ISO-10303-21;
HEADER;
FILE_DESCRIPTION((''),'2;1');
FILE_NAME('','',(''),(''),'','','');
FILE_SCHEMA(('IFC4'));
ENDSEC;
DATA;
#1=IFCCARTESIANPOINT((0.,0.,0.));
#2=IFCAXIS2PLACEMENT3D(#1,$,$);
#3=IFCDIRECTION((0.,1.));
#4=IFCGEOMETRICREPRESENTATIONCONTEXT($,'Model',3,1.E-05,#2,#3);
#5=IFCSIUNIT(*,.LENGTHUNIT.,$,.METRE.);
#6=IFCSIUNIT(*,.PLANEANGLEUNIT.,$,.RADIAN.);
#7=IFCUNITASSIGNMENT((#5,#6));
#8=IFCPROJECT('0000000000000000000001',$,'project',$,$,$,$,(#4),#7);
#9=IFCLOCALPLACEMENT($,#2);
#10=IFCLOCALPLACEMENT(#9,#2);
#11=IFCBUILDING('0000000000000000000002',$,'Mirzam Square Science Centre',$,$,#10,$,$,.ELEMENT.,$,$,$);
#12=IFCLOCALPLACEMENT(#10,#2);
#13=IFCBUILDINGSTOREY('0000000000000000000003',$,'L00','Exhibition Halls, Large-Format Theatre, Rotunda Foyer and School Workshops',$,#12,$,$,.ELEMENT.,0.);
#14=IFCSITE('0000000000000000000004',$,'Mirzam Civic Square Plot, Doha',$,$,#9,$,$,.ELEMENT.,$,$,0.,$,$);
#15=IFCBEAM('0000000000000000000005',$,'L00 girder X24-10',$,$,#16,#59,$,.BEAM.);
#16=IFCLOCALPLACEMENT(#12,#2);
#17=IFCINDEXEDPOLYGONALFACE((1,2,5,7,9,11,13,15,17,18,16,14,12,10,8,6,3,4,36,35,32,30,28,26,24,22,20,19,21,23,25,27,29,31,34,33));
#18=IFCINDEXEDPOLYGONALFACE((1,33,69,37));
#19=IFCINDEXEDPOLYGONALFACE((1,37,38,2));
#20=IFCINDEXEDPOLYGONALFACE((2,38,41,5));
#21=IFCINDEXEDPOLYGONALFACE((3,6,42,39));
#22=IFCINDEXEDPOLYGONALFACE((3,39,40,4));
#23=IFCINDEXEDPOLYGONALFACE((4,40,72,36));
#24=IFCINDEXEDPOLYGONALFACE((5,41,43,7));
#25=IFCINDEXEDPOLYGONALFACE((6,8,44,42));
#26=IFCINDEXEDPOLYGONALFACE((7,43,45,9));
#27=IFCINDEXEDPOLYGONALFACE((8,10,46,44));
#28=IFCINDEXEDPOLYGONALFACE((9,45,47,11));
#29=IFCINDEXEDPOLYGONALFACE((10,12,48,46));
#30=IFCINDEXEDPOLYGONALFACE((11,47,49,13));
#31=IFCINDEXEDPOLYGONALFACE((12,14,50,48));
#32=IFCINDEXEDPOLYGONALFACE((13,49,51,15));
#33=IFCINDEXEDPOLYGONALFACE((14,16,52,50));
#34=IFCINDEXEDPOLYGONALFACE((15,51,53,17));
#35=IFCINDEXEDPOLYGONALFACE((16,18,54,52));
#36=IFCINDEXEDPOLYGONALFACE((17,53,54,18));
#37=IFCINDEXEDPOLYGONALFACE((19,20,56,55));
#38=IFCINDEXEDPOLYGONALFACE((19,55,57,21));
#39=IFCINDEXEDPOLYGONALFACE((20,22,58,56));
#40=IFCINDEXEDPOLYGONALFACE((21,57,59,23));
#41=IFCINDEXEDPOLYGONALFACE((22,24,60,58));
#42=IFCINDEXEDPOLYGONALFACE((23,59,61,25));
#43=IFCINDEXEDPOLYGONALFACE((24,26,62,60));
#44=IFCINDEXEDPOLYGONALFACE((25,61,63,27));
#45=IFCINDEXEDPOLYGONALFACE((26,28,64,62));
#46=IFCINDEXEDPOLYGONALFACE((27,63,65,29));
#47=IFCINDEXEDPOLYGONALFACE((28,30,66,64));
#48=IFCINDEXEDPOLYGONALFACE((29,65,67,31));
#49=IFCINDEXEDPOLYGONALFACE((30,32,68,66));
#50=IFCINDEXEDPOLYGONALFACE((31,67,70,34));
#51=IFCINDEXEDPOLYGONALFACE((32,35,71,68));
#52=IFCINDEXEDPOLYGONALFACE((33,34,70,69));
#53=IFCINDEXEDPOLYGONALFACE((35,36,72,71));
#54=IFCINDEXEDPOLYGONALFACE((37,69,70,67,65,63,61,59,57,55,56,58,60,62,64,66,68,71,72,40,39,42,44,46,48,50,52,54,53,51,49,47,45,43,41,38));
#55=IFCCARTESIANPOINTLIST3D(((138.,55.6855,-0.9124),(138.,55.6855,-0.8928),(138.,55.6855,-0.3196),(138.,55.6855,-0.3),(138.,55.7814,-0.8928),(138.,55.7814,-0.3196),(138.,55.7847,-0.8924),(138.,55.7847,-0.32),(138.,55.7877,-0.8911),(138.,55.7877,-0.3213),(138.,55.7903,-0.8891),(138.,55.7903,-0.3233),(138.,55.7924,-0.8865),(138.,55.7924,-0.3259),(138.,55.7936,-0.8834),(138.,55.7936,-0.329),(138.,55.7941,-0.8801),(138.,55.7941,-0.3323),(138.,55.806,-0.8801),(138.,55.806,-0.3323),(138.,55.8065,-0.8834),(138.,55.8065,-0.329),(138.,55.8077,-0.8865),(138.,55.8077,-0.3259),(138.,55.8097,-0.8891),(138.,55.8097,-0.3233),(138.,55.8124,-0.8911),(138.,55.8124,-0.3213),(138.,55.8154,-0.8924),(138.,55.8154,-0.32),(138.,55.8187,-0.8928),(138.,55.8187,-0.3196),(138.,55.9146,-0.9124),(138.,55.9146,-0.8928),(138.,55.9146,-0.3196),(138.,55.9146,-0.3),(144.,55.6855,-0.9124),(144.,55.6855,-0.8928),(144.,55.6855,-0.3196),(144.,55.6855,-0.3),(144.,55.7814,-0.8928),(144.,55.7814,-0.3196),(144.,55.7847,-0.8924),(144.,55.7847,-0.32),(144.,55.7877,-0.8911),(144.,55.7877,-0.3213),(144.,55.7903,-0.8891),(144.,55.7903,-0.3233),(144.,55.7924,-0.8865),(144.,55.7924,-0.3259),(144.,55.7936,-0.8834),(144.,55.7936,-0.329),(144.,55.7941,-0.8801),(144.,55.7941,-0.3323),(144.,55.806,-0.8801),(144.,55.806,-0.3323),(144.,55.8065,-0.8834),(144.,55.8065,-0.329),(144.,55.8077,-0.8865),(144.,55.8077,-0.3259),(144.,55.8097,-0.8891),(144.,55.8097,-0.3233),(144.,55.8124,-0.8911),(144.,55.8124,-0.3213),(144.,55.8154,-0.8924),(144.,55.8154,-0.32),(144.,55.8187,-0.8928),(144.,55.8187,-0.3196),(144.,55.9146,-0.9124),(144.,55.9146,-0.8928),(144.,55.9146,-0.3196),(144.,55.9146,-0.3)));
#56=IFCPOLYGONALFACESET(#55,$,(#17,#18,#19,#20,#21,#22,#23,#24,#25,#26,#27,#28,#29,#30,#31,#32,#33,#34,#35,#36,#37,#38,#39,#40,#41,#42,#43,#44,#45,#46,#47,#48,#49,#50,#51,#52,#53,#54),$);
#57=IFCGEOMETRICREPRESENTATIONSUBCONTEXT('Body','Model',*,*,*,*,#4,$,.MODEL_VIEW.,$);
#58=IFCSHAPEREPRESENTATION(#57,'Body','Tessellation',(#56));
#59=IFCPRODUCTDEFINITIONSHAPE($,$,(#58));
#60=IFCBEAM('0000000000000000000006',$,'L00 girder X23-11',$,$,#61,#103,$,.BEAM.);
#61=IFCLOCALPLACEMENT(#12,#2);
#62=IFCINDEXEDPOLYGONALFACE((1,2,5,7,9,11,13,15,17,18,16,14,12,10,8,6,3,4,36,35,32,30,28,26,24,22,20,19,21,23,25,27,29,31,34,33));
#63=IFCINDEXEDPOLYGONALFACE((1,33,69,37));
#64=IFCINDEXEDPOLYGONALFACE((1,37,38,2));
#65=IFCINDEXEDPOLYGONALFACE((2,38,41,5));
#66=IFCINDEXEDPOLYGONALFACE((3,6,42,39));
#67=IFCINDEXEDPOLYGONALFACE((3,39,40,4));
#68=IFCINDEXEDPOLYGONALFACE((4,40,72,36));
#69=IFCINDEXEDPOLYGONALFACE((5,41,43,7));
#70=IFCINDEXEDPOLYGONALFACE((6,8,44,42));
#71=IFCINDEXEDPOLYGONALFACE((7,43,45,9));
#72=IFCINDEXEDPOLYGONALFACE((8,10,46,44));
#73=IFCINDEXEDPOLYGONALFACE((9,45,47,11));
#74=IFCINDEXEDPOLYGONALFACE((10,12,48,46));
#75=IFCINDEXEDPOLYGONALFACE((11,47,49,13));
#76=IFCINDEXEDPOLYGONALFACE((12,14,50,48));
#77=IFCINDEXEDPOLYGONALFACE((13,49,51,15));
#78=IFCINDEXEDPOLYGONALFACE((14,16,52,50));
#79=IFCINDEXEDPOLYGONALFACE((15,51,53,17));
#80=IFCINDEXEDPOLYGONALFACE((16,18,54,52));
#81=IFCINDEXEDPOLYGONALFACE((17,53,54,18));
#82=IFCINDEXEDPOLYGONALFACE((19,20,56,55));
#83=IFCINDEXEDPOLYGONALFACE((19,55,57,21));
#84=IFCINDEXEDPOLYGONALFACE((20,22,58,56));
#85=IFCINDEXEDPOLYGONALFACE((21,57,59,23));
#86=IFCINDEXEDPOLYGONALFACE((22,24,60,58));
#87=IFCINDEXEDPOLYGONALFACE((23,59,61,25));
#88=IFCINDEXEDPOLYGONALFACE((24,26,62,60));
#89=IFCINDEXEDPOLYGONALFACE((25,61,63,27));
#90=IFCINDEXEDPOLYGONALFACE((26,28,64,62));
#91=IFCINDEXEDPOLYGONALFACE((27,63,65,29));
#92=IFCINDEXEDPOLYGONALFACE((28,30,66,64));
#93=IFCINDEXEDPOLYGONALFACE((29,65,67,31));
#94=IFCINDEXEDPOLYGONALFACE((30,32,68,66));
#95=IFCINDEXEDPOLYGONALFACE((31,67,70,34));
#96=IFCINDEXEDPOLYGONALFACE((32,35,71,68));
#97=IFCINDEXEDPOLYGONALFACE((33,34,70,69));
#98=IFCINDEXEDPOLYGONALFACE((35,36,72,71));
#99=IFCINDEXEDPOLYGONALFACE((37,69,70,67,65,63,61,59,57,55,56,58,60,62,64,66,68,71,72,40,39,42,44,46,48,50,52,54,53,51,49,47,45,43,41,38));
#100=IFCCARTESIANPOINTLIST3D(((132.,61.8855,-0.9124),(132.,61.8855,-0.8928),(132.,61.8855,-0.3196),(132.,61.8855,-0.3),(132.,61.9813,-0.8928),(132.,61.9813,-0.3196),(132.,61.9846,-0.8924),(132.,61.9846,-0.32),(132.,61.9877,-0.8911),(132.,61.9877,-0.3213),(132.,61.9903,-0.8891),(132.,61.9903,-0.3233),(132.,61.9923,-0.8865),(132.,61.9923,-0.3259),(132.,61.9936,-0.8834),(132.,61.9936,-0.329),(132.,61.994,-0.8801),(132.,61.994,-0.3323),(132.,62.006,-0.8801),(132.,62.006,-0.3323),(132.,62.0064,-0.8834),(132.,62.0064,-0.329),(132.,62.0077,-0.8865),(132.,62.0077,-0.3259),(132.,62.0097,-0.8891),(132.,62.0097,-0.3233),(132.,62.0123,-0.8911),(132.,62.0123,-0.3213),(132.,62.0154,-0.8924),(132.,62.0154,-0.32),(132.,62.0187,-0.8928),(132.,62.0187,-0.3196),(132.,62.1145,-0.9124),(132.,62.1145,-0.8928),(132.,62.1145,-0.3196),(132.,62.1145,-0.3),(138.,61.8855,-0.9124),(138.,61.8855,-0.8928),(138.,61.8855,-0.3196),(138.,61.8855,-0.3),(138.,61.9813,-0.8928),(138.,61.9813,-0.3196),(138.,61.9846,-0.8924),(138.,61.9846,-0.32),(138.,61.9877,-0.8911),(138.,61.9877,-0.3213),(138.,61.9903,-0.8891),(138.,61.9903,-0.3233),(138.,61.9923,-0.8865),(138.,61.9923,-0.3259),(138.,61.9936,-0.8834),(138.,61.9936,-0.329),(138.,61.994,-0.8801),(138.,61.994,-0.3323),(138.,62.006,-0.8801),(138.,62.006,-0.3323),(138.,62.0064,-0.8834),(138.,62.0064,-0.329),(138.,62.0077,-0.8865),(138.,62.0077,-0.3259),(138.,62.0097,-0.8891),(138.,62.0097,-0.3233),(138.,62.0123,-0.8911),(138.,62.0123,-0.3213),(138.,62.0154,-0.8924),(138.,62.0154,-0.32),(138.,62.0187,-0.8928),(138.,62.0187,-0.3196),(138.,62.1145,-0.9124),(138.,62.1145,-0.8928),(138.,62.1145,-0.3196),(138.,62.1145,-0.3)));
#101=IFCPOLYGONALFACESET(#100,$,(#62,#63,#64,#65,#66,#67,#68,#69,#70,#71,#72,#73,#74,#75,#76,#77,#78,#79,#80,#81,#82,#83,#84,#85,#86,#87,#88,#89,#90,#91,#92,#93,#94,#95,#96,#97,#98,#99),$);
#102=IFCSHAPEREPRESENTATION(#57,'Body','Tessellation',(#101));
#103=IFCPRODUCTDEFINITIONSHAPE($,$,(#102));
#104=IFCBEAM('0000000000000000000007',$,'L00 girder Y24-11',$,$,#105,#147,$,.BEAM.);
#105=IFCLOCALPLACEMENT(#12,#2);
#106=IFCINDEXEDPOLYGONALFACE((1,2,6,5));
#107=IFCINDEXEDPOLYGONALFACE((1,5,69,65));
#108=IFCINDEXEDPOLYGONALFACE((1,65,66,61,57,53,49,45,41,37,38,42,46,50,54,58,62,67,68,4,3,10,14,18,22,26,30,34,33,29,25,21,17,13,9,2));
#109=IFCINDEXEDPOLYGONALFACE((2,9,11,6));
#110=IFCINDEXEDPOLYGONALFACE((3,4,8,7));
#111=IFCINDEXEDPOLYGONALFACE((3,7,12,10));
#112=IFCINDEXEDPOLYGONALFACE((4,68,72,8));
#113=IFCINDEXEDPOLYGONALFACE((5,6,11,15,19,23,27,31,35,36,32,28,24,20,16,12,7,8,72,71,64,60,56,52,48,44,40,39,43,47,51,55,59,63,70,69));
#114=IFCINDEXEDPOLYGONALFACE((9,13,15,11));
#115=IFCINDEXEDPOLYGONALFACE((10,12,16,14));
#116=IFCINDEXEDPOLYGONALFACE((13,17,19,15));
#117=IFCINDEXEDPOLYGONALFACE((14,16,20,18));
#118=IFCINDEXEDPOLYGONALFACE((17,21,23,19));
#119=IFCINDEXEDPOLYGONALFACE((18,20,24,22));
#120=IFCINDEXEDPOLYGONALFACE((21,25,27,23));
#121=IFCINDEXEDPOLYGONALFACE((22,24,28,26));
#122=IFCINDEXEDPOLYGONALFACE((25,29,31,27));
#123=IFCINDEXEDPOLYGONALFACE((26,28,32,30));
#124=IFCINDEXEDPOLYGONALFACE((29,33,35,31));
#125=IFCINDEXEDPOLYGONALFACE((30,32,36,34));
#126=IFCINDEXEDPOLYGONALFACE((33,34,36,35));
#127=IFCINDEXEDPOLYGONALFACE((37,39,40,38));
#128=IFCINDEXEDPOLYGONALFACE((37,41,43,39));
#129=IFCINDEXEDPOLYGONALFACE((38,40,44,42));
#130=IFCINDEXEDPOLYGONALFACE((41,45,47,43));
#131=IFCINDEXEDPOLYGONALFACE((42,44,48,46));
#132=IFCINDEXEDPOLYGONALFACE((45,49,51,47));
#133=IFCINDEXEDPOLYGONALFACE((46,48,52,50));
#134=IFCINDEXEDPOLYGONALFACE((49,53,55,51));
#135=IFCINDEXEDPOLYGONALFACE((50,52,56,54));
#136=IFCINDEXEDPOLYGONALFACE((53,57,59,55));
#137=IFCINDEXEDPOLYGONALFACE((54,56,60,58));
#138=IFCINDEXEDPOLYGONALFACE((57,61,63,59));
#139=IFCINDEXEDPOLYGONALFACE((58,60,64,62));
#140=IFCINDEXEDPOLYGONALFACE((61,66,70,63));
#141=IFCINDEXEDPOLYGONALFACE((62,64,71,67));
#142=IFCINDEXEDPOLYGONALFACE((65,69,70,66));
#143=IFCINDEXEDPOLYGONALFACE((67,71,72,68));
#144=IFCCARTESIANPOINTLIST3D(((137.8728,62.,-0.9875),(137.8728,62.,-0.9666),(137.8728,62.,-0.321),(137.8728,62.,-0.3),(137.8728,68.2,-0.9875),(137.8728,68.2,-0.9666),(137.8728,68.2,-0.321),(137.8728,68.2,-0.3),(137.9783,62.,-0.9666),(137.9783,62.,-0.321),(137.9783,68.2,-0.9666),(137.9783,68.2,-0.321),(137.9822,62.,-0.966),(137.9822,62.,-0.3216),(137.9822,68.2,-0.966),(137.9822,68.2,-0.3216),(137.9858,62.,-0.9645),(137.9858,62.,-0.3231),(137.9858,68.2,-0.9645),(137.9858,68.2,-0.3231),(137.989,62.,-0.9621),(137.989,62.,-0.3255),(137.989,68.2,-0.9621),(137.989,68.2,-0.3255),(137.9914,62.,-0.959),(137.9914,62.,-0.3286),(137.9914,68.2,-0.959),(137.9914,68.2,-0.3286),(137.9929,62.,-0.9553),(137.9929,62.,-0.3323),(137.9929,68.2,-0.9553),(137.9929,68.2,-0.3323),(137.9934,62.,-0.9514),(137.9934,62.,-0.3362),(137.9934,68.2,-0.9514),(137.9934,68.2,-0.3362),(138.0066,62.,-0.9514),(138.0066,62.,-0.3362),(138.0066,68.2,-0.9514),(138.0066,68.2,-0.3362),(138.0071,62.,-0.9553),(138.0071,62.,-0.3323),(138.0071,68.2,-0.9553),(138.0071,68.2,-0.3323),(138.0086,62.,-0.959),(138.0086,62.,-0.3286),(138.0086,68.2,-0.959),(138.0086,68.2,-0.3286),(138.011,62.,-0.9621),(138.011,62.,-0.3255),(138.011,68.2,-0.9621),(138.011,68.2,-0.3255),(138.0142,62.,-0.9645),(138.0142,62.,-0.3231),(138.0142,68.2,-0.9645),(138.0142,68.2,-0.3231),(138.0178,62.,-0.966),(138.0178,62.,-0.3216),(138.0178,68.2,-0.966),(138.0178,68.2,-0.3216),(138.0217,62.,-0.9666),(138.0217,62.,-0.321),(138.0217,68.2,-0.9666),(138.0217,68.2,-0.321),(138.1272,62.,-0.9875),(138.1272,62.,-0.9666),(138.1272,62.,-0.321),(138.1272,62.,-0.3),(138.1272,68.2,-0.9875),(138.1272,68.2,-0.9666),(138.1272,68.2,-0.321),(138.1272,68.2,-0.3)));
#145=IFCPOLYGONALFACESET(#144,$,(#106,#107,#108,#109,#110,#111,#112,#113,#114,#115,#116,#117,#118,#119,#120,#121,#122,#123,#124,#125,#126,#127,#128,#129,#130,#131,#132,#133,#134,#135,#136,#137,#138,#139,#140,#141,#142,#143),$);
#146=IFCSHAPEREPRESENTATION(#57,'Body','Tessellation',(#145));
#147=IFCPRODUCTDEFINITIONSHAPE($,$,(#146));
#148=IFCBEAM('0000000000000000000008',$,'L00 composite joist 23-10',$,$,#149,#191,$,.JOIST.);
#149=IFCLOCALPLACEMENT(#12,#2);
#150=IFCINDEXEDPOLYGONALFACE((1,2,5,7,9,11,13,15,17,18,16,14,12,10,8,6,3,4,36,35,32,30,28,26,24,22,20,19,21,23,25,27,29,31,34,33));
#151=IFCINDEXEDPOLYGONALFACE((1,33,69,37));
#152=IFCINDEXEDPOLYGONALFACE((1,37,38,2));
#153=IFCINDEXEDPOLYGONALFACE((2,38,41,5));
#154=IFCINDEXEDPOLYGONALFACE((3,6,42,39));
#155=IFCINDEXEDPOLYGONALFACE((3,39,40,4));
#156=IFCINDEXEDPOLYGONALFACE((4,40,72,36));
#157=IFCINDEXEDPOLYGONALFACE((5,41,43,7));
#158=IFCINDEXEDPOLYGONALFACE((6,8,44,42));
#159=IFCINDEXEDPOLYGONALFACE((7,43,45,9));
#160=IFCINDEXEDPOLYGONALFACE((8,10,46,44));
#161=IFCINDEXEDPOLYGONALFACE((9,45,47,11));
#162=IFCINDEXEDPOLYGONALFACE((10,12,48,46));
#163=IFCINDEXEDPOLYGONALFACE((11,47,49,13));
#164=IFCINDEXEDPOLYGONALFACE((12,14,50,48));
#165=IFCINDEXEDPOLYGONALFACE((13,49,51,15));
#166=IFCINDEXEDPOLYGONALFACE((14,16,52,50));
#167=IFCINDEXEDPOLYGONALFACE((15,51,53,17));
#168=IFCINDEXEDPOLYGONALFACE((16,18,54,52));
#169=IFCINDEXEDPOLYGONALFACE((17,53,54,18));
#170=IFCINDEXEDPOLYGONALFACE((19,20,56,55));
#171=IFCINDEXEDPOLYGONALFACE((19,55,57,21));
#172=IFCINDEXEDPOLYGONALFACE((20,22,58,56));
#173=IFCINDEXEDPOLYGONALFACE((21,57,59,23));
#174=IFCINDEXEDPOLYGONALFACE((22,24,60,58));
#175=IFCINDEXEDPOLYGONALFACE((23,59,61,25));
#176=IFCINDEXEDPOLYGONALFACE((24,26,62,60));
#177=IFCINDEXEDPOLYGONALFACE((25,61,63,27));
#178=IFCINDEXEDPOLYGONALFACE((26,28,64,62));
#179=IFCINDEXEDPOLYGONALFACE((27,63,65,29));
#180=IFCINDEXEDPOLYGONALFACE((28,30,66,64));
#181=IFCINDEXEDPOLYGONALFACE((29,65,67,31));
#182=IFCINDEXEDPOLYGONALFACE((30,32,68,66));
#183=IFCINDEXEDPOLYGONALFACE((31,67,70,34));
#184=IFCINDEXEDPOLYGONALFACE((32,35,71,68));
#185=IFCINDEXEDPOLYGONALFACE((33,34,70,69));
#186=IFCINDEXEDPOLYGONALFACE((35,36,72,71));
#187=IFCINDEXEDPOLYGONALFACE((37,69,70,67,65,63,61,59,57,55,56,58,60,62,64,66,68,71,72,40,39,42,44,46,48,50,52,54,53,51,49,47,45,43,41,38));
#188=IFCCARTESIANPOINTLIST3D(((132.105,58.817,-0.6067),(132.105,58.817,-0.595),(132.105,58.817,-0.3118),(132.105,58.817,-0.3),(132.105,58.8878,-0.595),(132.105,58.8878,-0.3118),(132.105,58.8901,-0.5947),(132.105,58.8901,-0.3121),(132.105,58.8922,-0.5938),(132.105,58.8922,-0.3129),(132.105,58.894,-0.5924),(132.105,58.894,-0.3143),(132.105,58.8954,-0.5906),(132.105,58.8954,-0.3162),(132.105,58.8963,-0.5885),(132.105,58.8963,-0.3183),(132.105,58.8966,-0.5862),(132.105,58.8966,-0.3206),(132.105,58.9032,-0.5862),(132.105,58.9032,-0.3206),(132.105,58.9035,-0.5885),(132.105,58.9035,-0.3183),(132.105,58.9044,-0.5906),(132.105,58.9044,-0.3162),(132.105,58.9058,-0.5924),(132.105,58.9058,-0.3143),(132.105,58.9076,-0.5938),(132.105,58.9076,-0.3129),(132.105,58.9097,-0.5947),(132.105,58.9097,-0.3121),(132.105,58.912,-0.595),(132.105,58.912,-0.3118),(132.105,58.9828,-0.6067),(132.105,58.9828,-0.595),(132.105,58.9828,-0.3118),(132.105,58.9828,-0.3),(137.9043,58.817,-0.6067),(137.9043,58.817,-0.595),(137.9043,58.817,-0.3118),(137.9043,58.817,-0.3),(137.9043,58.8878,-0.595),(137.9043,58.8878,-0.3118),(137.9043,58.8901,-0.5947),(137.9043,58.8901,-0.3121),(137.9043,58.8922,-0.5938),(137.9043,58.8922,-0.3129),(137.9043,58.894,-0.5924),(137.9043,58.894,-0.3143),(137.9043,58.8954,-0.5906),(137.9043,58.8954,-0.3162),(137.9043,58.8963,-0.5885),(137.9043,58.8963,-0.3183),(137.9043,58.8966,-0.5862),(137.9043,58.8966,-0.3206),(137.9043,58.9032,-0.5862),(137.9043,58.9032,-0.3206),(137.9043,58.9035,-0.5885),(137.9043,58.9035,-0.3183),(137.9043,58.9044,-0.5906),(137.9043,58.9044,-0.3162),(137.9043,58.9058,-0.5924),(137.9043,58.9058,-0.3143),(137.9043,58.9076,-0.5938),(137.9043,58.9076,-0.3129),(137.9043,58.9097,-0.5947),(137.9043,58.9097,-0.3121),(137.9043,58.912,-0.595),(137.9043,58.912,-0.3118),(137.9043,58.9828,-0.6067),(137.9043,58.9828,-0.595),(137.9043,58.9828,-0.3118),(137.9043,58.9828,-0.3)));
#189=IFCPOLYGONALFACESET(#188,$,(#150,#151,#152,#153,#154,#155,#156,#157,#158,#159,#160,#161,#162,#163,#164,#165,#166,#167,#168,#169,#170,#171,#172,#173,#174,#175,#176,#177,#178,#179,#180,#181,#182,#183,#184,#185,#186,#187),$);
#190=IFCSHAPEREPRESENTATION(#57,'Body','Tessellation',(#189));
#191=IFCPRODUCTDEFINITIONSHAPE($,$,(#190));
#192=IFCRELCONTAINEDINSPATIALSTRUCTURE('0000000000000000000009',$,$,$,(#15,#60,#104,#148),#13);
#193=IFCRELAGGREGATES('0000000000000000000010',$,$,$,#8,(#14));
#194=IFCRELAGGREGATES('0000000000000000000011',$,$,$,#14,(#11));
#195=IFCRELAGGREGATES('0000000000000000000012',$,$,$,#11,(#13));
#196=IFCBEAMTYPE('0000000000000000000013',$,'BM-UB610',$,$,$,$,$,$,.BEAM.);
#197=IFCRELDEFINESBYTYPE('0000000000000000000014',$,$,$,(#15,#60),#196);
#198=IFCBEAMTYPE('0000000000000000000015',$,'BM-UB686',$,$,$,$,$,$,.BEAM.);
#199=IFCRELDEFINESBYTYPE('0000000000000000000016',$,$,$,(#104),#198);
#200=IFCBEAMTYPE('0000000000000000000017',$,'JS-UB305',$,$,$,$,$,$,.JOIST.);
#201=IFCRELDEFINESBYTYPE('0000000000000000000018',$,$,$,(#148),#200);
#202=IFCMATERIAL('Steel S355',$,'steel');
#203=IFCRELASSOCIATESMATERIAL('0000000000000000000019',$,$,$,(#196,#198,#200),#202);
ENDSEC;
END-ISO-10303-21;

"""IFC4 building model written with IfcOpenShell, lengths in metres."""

from ifc_helpers import new_model, si_unit, direction, frame, origin, origin_2d, place, context, subcontext, project, spatial, i_section, extrude, material, material_profile, profile_set, type_object, element, save


model = new_model("IFC4")

# Units and contexts
model_context = context("Model", 3, precision=1e-05, world=origin(), true_north=direction((0.0, 1.0)))
body_context = subcontext(model_context, "Body", "Model", "MODEL_VIEW")
ifc_project = project(units=[si_unit("LENGTHUNIT", "METRE"), si_unit("PLANEANGLEUNIT", "RADIAN")], contexts=[model_context])

# Site, building, storey
site_placement = place(None, origin())
site = spatial("IfcSite", under=ifc_project, at=site_placement, Name="Mirzam Civic Square Plot, Doha", CompositionType="ELEMENT", RefElevation=0.0)
building_placement = place(site_placement, origin())
building = spatial("IfcBuilding", under=site, at=building_placement, Name="Mirzam Square Science Centre", CompositionType="ELEMENT")
storey_placement = place(building_placement, origin())
storey = spatial("IfcBuildingStorey", under=building, at=storey_placement, Name="L00", Description="Exhibition Halls, Large-Format Theatre, Rotunda Foyer and School Workshops", CompositionType="ELEMENT", Elevation=0.0)

# Shared definitions
ifc_material_1 = material(Name="Steel S355", Category="steel")

# Beams
ifc_material_profile_1 = material_profile(ifc_material_1, i_section(OverallWidth=0.229, OverallDepth=0.6123, WebThickness=0.012, FlangeThickness=0.0195, FilletRadius=0.0127, at=origin_2d()), Name="610x229x125UB")
ifc_profile_set_1 = profile_set([ifc_material_profile_1], Name="Steel S355")
beam_type_1 = type_object("IfcBeamType", Name="BM-UB610", PredefinedType="BEAM", material=ifc_profile_set_1)
for number, where, z_axis, x_axis, name in (
    (1, (138.0, 55.8, -0.6062), (1.0, 0.0, 0.0), (0.0, 1.0, 0.0), "L00 girder X24-10"),
    (2, (132.0, 62.0, -0.6062), (1.0, 0.0, 0.0), (0.0, 1.0, 0.0), "L00 girder X23-11"),
):
    element("IfcBeam", number, at=place(storey_placement, frame(where, z_axis=z_axis, x_axis=x_axis)), inside=storey, type_object=beam_type_1, Name=name, PredefinedType="BEAM", context=body_context, shape_type="SweptSolid", body=[
        extrude(i_section(OverallWidth=0.229, OverallDepth=0.6123, WebThickness=0.012, FlangeThickness=0.0195, FilletRadius=0.0127, at=origin_2d()), origin(), (0.0, 0.0, 1.0), 6.0),
    ])
ifc_material_profile_2 = material_profile(ifc_material_1, i_section(OverallWidth=0.2544, OverallDepth=0.6875, WebThickness=0.0132, FlangeThickness=0.021, FilletRadius=0.0151, at=origin_2d()), Name="686x254x152UB")
ifc_profile_set_2 = profile_set([ifc_material_profile_2], Name="Steel S355")
beam_type_2 = type_object("IfcBeamType", Name="BM-UB686", PredefinedType="BEAM", material=ifc_profile_set_2)
beam_1_placement = place(storey_placement, frame((138.0, 62.0, -0.6438), z_axis=(0.0, 1.0, 0.0), x_axis=(-1.0, 0.0, 0.0)))
element("IfcBeam", 3, at=beam_1_placement, inside=storey, type_object=beam_type_2, Name="L00 girder Y24-11", PredefinedType="BEAM", context=body_context, shape_type="SweptSolid", body=[
    extrude(i_section(OverallWidth=0.2544, OverallDepth=0.6875, WebThickness=0.0132, FlangeThickness=0.021, FilletRadius=0.0151, at=origin_2d()), origin(), (0.0, 0.0, 1.0), 6.2),
])
ifc_material_profile_3 = material_profile(ifc_material_1, i_section(OverallWidth=0.1658, OverallDepth=0.3066, WebThickness=0.0066, FlangeThickness=0.0117, FilletRadius=0.0088, at=origin_2d()), Name="305x165x46UB")
ifc_profile_set_3 = profile_set([ifc_material_profile_3], Name="Steel S355")
beam_type_3 = type_object("IfcBeamType", Name="JS-UB305", PredefinedType="JOIST", material=ifc_profile_set_3)
beam_2_placement = place(storey_placement, frame((132.105, 58.8999, -0.4534), z_axis=(1.0, 0.0, 0.0), x_axis=(0.0, 1.0, 0.0)))
element("IfcBeam", 4, at=beam_2_placement, inside=storey, type_object=beam_type_3, Name="L00 composite joist 23-10", PredefinedType="JOIST", context=body_context, shape_type="SweptSolid", body=[
    extrude(i_section(OverallWidth=0.1658, OverallDepth=0.3066, WebThickness=0.0066, FlangeThickness=0.0117, FilletRadius=0.0088, at=origin_2d()), origin(), (0.0, 0.0, 1.0), 5.7993),
])

save(model, "model.ifc")
